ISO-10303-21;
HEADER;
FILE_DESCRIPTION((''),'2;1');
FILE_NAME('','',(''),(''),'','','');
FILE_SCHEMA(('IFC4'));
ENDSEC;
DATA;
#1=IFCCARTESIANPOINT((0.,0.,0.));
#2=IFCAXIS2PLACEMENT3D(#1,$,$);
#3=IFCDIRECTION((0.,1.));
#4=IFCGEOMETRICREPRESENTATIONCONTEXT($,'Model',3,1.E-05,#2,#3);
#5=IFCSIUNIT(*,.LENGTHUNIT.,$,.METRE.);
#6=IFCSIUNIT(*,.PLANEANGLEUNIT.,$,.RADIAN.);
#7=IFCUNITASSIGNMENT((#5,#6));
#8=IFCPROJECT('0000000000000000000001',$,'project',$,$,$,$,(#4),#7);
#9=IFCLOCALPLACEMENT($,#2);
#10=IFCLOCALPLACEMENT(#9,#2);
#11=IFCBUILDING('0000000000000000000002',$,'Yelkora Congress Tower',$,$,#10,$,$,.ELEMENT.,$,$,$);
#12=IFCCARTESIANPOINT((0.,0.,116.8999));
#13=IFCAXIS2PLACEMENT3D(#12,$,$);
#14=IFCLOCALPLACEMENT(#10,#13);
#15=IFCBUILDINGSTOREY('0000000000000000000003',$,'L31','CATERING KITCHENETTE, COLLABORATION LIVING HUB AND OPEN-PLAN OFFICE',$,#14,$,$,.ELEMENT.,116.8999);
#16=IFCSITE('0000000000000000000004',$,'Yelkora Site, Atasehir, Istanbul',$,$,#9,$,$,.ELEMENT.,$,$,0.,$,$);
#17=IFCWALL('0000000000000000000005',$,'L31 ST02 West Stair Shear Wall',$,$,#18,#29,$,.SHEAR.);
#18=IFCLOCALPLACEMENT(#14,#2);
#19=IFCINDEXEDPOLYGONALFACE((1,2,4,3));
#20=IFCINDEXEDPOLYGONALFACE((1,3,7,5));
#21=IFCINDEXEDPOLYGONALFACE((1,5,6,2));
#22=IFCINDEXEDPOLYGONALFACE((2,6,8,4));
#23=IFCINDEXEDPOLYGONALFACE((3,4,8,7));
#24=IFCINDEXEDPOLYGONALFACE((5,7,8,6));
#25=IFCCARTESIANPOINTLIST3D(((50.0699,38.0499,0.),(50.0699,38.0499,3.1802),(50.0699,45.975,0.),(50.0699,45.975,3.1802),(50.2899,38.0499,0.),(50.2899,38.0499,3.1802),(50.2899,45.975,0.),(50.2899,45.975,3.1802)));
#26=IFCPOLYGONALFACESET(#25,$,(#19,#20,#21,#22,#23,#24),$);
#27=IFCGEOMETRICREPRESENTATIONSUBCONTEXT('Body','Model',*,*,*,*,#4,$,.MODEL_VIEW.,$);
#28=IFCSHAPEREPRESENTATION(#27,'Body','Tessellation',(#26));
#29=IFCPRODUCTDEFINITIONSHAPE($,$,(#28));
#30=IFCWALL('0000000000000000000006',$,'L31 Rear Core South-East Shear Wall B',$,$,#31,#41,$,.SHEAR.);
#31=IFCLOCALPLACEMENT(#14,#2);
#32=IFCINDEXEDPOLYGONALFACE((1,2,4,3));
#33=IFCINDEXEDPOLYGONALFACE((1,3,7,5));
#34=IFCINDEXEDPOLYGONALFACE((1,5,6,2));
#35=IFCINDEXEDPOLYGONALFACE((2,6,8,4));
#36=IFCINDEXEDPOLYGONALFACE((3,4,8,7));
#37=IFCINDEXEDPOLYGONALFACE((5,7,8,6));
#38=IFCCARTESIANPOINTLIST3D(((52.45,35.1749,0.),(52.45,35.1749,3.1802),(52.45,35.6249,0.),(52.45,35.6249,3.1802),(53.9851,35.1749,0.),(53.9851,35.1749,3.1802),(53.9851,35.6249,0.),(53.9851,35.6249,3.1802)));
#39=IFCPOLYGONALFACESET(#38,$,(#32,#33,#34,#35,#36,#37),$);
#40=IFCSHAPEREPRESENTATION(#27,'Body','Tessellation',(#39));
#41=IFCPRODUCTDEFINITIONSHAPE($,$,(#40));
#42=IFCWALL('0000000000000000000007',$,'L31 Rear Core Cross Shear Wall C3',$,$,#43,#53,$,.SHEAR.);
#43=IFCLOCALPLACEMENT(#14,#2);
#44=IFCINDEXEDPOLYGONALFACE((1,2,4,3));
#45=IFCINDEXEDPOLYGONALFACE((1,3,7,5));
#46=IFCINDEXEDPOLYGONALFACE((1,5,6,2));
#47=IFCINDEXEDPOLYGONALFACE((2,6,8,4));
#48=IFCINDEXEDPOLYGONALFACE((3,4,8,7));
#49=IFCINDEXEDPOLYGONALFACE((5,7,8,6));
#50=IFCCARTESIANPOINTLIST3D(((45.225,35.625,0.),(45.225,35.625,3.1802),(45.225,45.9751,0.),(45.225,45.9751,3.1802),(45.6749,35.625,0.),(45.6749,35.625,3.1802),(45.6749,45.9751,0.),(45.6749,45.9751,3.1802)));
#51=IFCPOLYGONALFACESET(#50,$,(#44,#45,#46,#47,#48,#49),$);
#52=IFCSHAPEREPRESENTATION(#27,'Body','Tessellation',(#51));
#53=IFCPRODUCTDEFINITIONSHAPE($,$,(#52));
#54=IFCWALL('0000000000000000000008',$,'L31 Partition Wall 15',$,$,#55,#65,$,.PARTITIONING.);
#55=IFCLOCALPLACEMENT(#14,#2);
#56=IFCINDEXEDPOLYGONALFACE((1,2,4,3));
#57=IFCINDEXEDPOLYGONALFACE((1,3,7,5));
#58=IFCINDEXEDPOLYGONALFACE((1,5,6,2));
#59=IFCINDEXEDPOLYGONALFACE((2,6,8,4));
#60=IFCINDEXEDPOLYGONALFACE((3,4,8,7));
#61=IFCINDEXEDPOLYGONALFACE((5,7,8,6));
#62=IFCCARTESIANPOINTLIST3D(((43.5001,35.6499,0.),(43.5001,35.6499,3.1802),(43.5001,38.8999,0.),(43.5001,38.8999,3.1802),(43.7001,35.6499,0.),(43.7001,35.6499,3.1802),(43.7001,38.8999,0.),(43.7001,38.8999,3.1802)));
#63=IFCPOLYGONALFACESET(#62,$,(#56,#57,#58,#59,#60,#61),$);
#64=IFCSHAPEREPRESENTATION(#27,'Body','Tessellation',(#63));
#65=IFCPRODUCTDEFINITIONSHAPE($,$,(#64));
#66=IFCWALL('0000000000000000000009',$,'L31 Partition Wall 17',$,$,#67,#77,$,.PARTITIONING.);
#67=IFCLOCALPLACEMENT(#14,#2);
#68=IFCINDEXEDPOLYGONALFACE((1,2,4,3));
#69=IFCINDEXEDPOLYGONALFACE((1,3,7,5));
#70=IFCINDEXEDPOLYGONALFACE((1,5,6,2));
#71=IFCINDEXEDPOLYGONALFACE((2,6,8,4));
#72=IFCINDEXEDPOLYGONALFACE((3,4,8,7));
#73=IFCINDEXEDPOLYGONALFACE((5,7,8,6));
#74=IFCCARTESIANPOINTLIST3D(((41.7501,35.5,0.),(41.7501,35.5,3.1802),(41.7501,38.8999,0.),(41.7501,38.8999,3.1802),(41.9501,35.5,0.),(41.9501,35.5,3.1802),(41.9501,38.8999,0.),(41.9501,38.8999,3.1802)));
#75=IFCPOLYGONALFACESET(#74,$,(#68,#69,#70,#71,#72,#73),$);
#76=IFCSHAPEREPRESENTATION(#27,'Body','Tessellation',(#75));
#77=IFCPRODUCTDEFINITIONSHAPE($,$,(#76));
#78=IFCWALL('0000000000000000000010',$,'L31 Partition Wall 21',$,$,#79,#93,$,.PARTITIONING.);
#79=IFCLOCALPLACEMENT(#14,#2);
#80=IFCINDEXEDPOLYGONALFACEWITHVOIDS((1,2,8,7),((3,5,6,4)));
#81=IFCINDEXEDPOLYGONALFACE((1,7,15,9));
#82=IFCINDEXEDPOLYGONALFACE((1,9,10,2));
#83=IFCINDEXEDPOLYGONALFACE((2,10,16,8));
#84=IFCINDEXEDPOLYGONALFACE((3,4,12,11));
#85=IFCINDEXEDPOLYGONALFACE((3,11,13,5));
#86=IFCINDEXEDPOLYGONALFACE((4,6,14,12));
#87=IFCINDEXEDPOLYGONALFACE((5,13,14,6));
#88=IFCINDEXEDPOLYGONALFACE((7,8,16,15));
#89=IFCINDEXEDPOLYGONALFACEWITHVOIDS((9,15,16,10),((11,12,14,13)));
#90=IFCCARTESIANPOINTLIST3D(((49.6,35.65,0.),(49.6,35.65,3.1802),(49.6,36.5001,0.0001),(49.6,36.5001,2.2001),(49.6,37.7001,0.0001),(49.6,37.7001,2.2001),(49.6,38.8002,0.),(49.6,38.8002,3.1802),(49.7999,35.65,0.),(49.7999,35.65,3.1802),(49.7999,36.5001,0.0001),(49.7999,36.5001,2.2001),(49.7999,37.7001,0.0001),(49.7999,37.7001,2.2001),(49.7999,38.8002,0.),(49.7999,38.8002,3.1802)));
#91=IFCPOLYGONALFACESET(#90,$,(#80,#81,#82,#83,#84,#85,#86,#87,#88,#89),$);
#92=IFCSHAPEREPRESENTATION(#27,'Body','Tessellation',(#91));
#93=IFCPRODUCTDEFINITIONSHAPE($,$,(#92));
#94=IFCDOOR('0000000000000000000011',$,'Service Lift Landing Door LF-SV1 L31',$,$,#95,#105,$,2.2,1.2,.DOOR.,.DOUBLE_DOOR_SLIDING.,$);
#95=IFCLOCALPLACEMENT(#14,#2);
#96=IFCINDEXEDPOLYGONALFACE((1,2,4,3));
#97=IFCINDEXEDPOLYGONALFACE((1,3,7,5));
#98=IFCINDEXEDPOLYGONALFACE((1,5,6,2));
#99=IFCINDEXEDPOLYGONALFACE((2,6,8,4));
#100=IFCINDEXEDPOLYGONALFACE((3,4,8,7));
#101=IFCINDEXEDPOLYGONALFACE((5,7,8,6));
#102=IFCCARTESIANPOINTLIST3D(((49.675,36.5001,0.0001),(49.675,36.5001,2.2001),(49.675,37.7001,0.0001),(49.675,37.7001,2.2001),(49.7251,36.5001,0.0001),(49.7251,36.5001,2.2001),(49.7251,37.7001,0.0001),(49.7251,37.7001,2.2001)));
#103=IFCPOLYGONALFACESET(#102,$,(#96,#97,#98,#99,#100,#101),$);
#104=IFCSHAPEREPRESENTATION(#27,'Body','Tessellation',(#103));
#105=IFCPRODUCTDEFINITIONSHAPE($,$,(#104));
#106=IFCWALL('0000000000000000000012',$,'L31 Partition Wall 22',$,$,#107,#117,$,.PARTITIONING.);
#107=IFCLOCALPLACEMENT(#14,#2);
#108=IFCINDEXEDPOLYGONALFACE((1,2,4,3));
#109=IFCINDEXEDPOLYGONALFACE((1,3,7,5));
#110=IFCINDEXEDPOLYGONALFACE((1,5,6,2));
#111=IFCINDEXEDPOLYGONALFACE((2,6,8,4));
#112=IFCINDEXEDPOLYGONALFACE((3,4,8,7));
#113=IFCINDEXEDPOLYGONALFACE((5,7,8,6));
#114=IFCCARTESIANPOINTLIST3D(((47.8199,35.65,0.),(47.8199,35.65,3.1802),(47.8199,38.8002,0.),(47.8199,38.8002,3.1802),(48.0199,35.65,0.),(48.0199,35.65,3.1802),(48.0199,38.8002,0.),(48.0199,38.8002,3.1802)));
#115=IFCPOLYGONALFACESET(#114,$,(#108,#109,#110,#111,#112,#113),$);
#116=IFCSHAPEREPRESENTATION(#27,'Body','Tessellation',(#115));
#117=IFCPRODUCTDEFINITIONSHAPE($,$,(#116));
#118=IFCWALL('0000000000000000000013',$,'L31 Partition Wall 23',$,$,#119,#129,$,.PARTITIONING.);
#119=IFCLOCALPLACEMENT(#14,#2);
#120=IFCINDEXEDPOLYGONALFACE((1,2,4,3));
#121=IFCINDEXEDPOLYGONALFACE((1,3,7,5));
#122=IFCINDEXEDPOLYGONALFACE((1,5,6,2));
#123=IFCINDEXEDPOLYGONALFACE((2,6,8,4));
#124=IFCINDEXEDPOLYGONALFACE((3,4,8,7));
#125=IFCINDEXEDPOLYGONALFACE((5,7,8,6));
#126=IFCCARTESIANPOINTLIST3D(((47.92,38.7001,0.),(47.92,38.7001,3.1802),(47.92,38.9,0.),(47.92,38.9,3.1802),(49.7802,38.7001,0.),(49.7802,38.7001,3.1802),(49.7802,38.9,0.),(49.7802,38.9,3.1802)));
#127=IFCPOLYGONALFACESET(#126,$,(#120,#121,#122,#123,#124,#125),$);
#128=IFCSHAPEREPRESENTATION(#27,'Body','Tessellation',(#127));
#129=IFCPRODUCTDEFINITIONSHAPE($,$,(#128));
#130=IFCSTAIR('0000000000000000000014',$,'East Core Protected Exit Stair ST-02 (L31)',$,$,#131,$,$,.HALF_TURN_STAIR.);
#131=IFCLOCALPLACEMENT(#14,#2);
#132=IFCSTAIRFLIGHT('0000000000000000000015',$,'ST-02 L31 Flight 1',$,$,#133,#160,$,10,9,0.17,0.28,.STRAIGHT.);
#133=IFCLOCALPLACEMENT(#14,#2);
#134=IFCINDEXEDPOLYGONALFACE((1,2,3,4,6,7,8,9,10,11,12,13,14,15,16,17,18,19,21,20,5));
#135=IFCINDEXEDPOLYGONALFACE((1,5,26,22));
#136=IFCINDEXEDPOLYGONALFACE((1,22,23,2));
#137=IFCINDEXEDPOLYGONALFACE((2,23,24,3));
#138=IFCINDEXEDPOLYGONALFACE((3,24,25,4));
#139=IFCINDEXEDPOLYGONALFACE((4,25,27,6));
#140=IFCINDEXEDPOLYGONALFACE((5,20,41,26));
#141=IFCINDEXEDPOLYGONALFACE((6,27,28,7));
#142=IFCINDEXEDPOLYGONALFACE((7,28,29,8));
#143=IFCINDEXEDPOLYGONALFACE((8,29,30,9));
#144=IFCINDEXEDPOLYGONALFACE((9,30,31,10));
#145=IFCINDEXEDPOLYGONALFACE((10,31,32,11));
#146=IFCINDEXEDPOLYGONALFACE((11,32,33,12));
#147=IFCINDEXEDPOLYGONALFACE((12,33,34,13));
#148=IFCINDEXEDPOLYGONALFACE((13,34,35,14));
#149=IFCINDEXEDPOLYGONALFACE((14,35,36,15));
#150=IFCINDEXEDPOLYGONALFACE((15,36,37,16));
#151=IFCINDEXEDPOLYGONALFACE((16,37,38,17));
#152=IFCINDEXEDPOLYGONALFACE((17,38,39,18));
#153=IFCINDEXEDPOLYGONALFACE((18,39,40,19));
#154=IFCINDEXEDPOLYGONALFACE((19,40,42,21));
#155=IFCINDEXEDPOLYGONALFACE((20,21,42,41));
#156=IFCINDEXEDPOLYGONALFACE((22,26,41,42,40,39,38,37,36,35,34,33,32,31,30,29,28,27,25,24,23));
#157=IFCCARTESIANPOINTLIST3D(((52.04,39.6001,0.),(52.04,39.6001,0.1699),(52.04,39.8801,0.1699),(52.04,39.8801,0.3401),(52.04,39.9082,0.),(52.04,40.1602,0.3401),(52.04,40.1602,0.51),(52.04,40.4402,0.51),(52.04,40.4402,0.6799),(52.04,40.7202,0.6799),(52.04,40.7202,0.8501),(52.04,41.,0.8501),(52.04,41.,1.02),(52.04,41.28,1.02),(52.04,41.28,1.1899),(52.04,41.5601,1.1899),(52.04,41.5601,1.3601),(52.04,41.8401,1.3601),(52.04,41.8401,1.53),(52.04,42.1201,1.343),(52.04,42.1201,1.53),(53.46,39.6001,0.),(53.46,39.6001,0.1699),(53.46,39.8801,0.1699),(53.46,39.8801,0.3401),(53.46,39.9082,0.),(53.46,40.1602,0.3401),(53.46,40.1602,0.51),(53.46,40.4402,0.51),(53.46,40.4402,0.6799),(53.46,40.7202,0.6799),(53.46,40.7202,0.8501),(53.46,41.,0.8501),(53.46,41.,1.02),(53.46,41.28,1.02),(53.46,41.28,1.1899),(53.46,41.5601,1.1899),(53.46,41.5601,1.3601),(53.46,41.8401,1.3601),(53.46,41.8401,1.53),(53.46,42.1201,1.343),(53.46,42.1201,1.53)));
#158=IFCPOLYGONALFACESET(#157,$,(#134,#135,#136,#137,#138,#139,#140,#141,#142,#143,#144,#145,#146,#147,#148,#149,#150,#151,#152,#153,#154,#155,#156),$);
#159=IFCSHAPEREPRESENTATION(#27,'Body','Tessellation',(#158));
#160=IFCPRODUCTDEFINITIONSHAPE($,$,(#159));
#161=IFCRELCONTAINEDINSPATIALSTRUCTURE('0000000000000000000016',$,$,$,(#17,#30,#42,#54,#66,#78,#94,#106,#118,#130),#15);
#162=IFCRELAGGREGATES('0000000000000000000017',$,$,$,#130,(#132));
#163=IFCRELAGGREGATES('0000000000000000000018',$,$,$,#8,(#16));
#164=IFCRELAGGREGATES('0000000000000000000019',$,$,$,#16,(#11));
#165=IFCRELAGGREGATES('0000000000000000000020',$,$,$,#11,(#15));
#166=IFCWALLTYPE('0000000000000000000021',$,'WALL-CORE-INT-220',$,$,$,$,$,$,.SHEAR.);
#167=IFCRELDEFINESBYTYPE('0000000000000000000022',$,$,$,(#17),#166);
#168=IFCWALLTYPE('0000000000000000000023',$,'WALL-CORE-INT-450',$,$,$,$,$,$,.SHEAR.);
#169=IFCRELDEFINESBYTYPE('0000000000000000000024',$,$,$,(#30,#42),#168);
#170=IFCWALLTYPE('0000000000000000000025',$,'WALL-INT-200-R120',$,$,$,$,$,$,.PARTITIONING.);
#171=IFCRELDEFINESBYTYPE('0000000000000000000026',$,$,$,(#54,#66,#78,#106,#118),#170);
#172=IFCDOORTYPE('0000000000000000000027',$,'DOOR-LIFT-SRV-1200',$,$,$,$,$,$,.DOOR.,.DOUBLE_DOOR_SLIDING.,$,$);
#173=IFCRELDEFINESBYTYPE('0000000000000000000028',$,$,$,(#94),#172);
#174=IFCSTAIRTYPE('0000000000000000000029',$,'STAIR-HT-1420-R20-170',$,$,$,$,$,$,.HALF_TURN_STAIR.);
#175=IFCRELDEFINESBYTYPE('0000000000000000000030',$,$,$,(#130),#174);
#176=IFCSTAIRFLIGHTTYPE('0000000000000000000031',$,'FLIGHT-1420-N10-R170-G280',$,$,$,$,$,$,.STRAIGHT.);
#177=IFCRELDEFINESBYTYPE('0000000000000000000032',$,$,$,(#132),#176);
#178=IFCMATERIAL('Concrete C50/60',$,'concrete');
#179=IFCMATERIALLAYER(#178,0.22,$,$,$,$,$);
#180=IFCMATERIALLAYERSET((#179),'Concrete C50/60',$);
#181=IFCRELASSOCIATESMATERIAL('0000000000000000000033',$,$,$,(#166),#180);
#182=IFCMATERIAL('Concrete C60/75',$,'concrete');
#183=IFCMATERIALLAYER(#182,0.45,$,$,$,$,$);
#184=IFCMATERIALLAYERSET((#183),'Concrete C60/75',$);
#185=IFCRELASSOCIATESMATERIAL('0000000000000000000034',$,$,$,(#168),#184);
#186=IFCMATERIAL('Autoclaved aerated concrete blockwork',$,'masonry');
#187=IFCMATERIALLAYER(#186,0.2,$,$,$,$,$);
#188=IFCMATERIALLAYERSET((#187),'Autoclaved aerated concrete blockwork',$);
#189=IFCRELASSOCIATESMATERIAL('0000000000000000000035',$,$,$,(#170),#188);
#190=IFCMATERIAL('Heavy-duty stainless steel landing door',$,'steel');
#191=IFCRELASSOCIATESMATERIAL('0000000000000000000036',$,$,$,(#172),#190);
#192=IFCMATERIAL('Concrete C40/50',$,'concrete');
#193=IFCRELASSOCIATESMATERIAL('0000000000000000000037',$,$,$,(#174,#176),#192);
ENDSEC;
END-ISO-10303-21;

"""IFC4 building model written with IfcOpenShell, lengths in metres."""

from ifc_helpers import new_model, si_unit, direction, frame, frame_2d, origin, place, context, subcontext, project, spatial, polyline, rectangle, outline, extrude, material, layer, layer_set, type_object, element, fill, aggregate, save


model = new_model("IFC4")

# Units and contexts
model_context = context("Model", 3, precision=1e-05, world=origin(), true_north=direction((0.0, 1.0)))
body_context = subcontext(model_context, "Body", "Model", "MODEL_VIEW")
ifc_project = project(units=[si_unit("LENGTHUNIT", "METRE"), si_unit("PLANEANGLEUNIT", "RADIAN")], contexts=[model_context])

# Site, building, storey
site_placement = place(None, origin())
site = spatial("IfcSite", under=ifc_project, at=site_placement, Name="Yelkora Site, Atasehir, Istanbul", CompositionType="ELEMENT", RefElevation=0.0)
building_placement = place(site_placement, origin())
building = spatial("IfcBuilding", under=site, at=building_placement, Name="Yelkora Congress Tower", CompositionType="ELEMENT")
storey_placement = place(building_placement, frame((0.0, 0.0, 116.8999)))
storey = spatial("IfcBuildingStorey", under=building, at=storey_placement, Name="L31", Description="CATERING KITCHENETTE, COLLABORATION LIVING HUB AND OPEN-PLAN OFFICE", CompositionType="ELEMENT", Elevation=116.8999)

# Wall
ifc_material_1 = material(Name="Concrete C50/60", Category="concrete")
ifc_layer_1 = layer(ifc_material_1, 0.22)
ifc_layer_set_1 = layer_set([ifc_layer_1], Name="Concrete C50/60")
wall_type_1 = type_object("IfcWallType", Name="WALL-CORE-INT-220", PredefinedType="SHEAR", material=ifc_layer_set_1)
wall_1_placement = place(storey_placement, frame((50.1799, 38.05, 0.0), z_axis=(0.0, 0.0, 1.0), x_axis=(0.0, 1.0, 0.0)))
element("IfcWall", 1, at=wall_1_placement, inside=storey, type_object=wall_type_1, Name="L31 ST02 West Stair Shear Wall", PredefinedType="SHEAR", context=body_context, shape_type="SweptSolid", body=[
    extrude(rectangle(XDim=7.925, YDim=0.22, at=frame_2d((3.9624, 0.0))), origin(), (0.0, 0.0, 1.0), 3.1802),
])

# Shared definitions
ifc_material_2 = material(Name="Concrete C60/75", Category="concrete")
ifc_layer_2 = layer(ifc_material_2, 0.45)
ifc_layer_set_2 = layer_set([ifc_layer_2], Name="Concrete C60/75")
wall_type_2 = type_object("IfcWallType", Name="WALL-CORE-INT-450", PredefinedType="SHEAR", material=ifc_layer_set_2)

# Walls
wall_2_placement = place(storey_placement, frame((52.45, 35.3999, 0.0), z_axis=(0.0, 0.0, 1.0), x_axis=(1.0, 0.0, 0.0)))
element("IfcWall", 2, at=wall_2_placement, inside=storey, type_object=wall_type_2, Name="L31 Rear Core South-East Shear Wall B", PredefinedType="SHEAR", context=body_context, shape_type="SweptSolid", body=[
    extrude(rectangle(XDim=1.5352, YDim=0.45, at=frame_2d((0.7676, 0.0))), origin(), (0.0, 0.0, 1.0), 3.1802),
])
wall_3_placement = place(storey_placement, frame((45.45, 35.625, 0.0), z_axis=(0.0, 0.0, 1.0), x_axis=(0.0, 1.0, 0.0)))
element("IfcWall", 3, at=wall_3_placement, inside=storey, type_object=wall_type_2, Name="L31 Rear Core Cross Shear Wall C3", PredefinedType="SHEAR", context=body_context, shape_type="SweptSolid", body=[
    extrude(rectangle(XDim=10.3501, YDim=0.45, at=frame_2d((5.175, 0.0))), origin(), (0.0, 0.0, 1.0), 3.1802),
])

# Walls
ifc_material_3 = material(Name="Autoclaved aerated concrete blockwork", Category="masonry")
ifc_layer_3 = layer(ifc_material_3, 0.2)
ifc_layer_set_3 = layer_set([ifc_layer_3], Name="Autoclaved aerated concrete blockwork")
wall_type_3 = type_object("IfcWallType", Name="WALL-INT-200-R120", PredefinedType="PARTITIONING", material=ifc_layer_set_3)
wall_4_placement = place(storey_placement, frame((43.6001, 35.6499, 0.0), z_axis=(0.0, 0.0, 1.0), x_axis=(0.0, 1.0, 0.0)))
element("IfcWall", 4, at=wall_4_placement, inside=storey, type_object=wall_type_3, Name="L31 Partition Wall 15", PredefinedType="PARTITIONING", context=body_context, shape_type="SweptSolid", body=[
    extrude(rectangle(XDim=3.25, YDim=0.2, at=frame_2d((1.625, 0.0))), origin(), (0.0, 0.0, 1.0), 3.1802),
])
wall_5_placement = place(storey_placement, frame((41.8501, 35.5, 0.0), z_axis=(0.0, 0.0, 1.0), x_axis=(0.0, 1.0, 0.0)))
element("IfcWall", 5, at=wall_5_placement, inside=storey, type_object=wall_type_3, Name="L31 Partition Wall 17", PredefinedType="PARTITIONING", context=body_context, shape_type="SweptSolid", body=[
    extrude(rectangle(XDim=3.3999, YDim=0.2, at=frame_2d((1.7, 0.0))), origin(), (0.0, 0.0, 1.0), 3.1802),
])

# Wall, opening, door
wall_6_placement = place(storey_placement, frame((49.7, 35.6499, 0.0), z_axis=(0.0, 0.0, 1.0), x_axis=(0.0, 1.0, 0.0)))
wall_6 = element("IfcWall", 6, at=wall_6_placement, inside=storey, type_object=wall_type_3, Name="L31 Partition Wall 21", PredefinedType="PARTITIONING", context=body_context, shape_type="SweptSolid", body=[
    extrude(rectangle(XDim=3.1501, YDim=0.2, at=frame_2d((1.5752, 0.0))), origin(), (0.0, 0.0, 1.0), 3.1802),
])
opening_1_placement = place(wall_6_placement, frame((0.8501, 0.0, 0.0)))
opening_1 = element("IfcOpeningElement", 7, at=opening_1_placement, cuts=wall_6, PredefinedType="OPENING", context=body_context, shape_type="SweptSolid", body=[
    extrude(rectangle(XDim=1.2, YDim=2.2, at=frame_2d((0.6001, 1.1001))), frame((0.0, 0.1099, 0.0), z_axis=(0.0, -1.0, 0.0), x_axis=(1.0, 0.0, 0.0)), (0.0, 0.0, 1.0), 0.22),
])
ifc_material_4 = material(Name="Heavy-duty stainless steel landing door", Category="steel")
door_type_1 = type_object("IfcDoorType", Name="DOOR-LIFT-SRV-1200", OperationType="DOUBLE_DOOR_SLIDING", PredefinedType="DOOR", material=ifc_material_4)
door_1_placement = place(opening_1_placement, origin())
door_1 = element("IfcDoor", 8, at=door_1_placement, inside=storey, type_object=door_type_1, Name="Service Lift Landing Door LF-SV1 L31", OperationType="DOUBLE_DOOR_SLIDING", OverallHeight=2.2, OverallWidth=1.2, PredefinedType="DOOR", context=body_context, shape_type="SweptSolid", body=[
    extrude(rectangle(XDim=1.2, YDim=2.2, at=frame_2d((0.6001, 1.1001))), frame((0.0, 0.0249, 0.0), z_axis=(0.0, -1.0, 0.0), x_axis=(1.0, 0.0, 0.0)), (0.0, 0.0, 1.0), 0.05),
])
fill(opening_1, door_1)

# Walls
wall_7_placement = place(storey_placement, frame((47.9199, 35.6499, 0.0), z_axis=(0.0, 0.0, 1.0), x_axis=(0.0, 1.0, 0.0)))
element("IfcWall", 9, at=wall_7_placement, inside=storey, type_object=wall_type_3, Name="L31 Partition Wall 22", PredefinedType="PARTITIONING", context=body_context, shape_type="SweptSolid", body=[
    extrude(rectangle(XDim=3.1501, YDim=0.2, at=frame_2d((1.5752, 0.0))), origin(), (0.0, 0.0, 1.0), 3.1802),
])
wall_8_placement = place(storey_placement, frame((47.9199, 38.8, 0.0), z_axis=(0.0, 0.0, 1.0), x_axis=(1.0, 0.0, 0.0)))
element("IfcWall", 10, at=wall_8_placement, inside=storey, type_object=wall_type_3, Name="L31 Partition Wall 23", PredefinedType="PARTITIONING", context=body_context, shape_type="SweptSolid", body=[
    extrude(rectangle(XDim=1.8601, YDim=0.2, at=frame_2d((0.9302, 0.0))), origin(), (0.0, 0.0, 1.0), 3.1802),
])

# Stair, stair flight
ifc_material_5 = material(Name="Concrete C40/50", Category="concrete")
stair_type = type_object("IfcStairType", Name="STAIR-HT-1420-R20-170", PredefinedType="HALF_TURN_STAIR", material=ifc_material_5)
stair_placement = place(storey_placement, origin())
stair = element("IfcStair", 11, at=stair_placement, inside=storey, type_object=stair_type, Name="East Core Protected Exit Stair ST-02 (L31)", PredefinedType="HALF_TURN_STAIR")
stair_flight_type = type_object("IfcStairFlightType", Name="FLIGHT-1420-N10-R170-G280", PredefinedType="STRAIGHT", material=ifc_material_5)
stair_flight_placement = place(storey_placement, frame((52.75, 39.6001, 0.0), z_axis=(0.0, 0.0, 1.0), x_axis=(0.0, 1.0, 0.0)))
stair_flight = element("IfcStairFlight", 12, at=stair_flight_placement, type_object=stair_flight_type, Name="ST-02 L31 Flight 1", NumberOfRisers=10, NumberOfTreads=9, PredefinedType="STRAIGHT", RiserHeight=0.17, TreadLength=0.28, context=body_context, shape_type="SweptSolid", body=[
    extrude(outline(polyline([(0.0, 0.0), (0.0, 0.1699), (0.28, 0.1699), (0.28, 0.3401), (0.5601, 0.3401), (0.5601, 0.51), (0.8401, 0.51), (0.8401, 0.6799), (1.1201, 0.6799), (1.1201, 0.8501), (1.3999, 0.8501), (1.3999, 1.02), (1.6799, 1.02), (1.6799, 1.1899), (1.96, 1.1899), (1.96, 1.3601), (2.24, 1.3601), (2.24, 1.53), (2.52, 1.53), (2.52, 1.7), (2.52, 1.343), (0.3081, 0.0), (0.0, 0.0)])), frame((0.0, 0.71, 0.0), z_axis=(0.0, -1.0, 0.0), x_axis=(1.0, 0.0, 0.0)), (0.0, 0.0, 1.0), 1.4199),
])
aggregate(stair, [stair_flight])

save(model, "model.ifc")
